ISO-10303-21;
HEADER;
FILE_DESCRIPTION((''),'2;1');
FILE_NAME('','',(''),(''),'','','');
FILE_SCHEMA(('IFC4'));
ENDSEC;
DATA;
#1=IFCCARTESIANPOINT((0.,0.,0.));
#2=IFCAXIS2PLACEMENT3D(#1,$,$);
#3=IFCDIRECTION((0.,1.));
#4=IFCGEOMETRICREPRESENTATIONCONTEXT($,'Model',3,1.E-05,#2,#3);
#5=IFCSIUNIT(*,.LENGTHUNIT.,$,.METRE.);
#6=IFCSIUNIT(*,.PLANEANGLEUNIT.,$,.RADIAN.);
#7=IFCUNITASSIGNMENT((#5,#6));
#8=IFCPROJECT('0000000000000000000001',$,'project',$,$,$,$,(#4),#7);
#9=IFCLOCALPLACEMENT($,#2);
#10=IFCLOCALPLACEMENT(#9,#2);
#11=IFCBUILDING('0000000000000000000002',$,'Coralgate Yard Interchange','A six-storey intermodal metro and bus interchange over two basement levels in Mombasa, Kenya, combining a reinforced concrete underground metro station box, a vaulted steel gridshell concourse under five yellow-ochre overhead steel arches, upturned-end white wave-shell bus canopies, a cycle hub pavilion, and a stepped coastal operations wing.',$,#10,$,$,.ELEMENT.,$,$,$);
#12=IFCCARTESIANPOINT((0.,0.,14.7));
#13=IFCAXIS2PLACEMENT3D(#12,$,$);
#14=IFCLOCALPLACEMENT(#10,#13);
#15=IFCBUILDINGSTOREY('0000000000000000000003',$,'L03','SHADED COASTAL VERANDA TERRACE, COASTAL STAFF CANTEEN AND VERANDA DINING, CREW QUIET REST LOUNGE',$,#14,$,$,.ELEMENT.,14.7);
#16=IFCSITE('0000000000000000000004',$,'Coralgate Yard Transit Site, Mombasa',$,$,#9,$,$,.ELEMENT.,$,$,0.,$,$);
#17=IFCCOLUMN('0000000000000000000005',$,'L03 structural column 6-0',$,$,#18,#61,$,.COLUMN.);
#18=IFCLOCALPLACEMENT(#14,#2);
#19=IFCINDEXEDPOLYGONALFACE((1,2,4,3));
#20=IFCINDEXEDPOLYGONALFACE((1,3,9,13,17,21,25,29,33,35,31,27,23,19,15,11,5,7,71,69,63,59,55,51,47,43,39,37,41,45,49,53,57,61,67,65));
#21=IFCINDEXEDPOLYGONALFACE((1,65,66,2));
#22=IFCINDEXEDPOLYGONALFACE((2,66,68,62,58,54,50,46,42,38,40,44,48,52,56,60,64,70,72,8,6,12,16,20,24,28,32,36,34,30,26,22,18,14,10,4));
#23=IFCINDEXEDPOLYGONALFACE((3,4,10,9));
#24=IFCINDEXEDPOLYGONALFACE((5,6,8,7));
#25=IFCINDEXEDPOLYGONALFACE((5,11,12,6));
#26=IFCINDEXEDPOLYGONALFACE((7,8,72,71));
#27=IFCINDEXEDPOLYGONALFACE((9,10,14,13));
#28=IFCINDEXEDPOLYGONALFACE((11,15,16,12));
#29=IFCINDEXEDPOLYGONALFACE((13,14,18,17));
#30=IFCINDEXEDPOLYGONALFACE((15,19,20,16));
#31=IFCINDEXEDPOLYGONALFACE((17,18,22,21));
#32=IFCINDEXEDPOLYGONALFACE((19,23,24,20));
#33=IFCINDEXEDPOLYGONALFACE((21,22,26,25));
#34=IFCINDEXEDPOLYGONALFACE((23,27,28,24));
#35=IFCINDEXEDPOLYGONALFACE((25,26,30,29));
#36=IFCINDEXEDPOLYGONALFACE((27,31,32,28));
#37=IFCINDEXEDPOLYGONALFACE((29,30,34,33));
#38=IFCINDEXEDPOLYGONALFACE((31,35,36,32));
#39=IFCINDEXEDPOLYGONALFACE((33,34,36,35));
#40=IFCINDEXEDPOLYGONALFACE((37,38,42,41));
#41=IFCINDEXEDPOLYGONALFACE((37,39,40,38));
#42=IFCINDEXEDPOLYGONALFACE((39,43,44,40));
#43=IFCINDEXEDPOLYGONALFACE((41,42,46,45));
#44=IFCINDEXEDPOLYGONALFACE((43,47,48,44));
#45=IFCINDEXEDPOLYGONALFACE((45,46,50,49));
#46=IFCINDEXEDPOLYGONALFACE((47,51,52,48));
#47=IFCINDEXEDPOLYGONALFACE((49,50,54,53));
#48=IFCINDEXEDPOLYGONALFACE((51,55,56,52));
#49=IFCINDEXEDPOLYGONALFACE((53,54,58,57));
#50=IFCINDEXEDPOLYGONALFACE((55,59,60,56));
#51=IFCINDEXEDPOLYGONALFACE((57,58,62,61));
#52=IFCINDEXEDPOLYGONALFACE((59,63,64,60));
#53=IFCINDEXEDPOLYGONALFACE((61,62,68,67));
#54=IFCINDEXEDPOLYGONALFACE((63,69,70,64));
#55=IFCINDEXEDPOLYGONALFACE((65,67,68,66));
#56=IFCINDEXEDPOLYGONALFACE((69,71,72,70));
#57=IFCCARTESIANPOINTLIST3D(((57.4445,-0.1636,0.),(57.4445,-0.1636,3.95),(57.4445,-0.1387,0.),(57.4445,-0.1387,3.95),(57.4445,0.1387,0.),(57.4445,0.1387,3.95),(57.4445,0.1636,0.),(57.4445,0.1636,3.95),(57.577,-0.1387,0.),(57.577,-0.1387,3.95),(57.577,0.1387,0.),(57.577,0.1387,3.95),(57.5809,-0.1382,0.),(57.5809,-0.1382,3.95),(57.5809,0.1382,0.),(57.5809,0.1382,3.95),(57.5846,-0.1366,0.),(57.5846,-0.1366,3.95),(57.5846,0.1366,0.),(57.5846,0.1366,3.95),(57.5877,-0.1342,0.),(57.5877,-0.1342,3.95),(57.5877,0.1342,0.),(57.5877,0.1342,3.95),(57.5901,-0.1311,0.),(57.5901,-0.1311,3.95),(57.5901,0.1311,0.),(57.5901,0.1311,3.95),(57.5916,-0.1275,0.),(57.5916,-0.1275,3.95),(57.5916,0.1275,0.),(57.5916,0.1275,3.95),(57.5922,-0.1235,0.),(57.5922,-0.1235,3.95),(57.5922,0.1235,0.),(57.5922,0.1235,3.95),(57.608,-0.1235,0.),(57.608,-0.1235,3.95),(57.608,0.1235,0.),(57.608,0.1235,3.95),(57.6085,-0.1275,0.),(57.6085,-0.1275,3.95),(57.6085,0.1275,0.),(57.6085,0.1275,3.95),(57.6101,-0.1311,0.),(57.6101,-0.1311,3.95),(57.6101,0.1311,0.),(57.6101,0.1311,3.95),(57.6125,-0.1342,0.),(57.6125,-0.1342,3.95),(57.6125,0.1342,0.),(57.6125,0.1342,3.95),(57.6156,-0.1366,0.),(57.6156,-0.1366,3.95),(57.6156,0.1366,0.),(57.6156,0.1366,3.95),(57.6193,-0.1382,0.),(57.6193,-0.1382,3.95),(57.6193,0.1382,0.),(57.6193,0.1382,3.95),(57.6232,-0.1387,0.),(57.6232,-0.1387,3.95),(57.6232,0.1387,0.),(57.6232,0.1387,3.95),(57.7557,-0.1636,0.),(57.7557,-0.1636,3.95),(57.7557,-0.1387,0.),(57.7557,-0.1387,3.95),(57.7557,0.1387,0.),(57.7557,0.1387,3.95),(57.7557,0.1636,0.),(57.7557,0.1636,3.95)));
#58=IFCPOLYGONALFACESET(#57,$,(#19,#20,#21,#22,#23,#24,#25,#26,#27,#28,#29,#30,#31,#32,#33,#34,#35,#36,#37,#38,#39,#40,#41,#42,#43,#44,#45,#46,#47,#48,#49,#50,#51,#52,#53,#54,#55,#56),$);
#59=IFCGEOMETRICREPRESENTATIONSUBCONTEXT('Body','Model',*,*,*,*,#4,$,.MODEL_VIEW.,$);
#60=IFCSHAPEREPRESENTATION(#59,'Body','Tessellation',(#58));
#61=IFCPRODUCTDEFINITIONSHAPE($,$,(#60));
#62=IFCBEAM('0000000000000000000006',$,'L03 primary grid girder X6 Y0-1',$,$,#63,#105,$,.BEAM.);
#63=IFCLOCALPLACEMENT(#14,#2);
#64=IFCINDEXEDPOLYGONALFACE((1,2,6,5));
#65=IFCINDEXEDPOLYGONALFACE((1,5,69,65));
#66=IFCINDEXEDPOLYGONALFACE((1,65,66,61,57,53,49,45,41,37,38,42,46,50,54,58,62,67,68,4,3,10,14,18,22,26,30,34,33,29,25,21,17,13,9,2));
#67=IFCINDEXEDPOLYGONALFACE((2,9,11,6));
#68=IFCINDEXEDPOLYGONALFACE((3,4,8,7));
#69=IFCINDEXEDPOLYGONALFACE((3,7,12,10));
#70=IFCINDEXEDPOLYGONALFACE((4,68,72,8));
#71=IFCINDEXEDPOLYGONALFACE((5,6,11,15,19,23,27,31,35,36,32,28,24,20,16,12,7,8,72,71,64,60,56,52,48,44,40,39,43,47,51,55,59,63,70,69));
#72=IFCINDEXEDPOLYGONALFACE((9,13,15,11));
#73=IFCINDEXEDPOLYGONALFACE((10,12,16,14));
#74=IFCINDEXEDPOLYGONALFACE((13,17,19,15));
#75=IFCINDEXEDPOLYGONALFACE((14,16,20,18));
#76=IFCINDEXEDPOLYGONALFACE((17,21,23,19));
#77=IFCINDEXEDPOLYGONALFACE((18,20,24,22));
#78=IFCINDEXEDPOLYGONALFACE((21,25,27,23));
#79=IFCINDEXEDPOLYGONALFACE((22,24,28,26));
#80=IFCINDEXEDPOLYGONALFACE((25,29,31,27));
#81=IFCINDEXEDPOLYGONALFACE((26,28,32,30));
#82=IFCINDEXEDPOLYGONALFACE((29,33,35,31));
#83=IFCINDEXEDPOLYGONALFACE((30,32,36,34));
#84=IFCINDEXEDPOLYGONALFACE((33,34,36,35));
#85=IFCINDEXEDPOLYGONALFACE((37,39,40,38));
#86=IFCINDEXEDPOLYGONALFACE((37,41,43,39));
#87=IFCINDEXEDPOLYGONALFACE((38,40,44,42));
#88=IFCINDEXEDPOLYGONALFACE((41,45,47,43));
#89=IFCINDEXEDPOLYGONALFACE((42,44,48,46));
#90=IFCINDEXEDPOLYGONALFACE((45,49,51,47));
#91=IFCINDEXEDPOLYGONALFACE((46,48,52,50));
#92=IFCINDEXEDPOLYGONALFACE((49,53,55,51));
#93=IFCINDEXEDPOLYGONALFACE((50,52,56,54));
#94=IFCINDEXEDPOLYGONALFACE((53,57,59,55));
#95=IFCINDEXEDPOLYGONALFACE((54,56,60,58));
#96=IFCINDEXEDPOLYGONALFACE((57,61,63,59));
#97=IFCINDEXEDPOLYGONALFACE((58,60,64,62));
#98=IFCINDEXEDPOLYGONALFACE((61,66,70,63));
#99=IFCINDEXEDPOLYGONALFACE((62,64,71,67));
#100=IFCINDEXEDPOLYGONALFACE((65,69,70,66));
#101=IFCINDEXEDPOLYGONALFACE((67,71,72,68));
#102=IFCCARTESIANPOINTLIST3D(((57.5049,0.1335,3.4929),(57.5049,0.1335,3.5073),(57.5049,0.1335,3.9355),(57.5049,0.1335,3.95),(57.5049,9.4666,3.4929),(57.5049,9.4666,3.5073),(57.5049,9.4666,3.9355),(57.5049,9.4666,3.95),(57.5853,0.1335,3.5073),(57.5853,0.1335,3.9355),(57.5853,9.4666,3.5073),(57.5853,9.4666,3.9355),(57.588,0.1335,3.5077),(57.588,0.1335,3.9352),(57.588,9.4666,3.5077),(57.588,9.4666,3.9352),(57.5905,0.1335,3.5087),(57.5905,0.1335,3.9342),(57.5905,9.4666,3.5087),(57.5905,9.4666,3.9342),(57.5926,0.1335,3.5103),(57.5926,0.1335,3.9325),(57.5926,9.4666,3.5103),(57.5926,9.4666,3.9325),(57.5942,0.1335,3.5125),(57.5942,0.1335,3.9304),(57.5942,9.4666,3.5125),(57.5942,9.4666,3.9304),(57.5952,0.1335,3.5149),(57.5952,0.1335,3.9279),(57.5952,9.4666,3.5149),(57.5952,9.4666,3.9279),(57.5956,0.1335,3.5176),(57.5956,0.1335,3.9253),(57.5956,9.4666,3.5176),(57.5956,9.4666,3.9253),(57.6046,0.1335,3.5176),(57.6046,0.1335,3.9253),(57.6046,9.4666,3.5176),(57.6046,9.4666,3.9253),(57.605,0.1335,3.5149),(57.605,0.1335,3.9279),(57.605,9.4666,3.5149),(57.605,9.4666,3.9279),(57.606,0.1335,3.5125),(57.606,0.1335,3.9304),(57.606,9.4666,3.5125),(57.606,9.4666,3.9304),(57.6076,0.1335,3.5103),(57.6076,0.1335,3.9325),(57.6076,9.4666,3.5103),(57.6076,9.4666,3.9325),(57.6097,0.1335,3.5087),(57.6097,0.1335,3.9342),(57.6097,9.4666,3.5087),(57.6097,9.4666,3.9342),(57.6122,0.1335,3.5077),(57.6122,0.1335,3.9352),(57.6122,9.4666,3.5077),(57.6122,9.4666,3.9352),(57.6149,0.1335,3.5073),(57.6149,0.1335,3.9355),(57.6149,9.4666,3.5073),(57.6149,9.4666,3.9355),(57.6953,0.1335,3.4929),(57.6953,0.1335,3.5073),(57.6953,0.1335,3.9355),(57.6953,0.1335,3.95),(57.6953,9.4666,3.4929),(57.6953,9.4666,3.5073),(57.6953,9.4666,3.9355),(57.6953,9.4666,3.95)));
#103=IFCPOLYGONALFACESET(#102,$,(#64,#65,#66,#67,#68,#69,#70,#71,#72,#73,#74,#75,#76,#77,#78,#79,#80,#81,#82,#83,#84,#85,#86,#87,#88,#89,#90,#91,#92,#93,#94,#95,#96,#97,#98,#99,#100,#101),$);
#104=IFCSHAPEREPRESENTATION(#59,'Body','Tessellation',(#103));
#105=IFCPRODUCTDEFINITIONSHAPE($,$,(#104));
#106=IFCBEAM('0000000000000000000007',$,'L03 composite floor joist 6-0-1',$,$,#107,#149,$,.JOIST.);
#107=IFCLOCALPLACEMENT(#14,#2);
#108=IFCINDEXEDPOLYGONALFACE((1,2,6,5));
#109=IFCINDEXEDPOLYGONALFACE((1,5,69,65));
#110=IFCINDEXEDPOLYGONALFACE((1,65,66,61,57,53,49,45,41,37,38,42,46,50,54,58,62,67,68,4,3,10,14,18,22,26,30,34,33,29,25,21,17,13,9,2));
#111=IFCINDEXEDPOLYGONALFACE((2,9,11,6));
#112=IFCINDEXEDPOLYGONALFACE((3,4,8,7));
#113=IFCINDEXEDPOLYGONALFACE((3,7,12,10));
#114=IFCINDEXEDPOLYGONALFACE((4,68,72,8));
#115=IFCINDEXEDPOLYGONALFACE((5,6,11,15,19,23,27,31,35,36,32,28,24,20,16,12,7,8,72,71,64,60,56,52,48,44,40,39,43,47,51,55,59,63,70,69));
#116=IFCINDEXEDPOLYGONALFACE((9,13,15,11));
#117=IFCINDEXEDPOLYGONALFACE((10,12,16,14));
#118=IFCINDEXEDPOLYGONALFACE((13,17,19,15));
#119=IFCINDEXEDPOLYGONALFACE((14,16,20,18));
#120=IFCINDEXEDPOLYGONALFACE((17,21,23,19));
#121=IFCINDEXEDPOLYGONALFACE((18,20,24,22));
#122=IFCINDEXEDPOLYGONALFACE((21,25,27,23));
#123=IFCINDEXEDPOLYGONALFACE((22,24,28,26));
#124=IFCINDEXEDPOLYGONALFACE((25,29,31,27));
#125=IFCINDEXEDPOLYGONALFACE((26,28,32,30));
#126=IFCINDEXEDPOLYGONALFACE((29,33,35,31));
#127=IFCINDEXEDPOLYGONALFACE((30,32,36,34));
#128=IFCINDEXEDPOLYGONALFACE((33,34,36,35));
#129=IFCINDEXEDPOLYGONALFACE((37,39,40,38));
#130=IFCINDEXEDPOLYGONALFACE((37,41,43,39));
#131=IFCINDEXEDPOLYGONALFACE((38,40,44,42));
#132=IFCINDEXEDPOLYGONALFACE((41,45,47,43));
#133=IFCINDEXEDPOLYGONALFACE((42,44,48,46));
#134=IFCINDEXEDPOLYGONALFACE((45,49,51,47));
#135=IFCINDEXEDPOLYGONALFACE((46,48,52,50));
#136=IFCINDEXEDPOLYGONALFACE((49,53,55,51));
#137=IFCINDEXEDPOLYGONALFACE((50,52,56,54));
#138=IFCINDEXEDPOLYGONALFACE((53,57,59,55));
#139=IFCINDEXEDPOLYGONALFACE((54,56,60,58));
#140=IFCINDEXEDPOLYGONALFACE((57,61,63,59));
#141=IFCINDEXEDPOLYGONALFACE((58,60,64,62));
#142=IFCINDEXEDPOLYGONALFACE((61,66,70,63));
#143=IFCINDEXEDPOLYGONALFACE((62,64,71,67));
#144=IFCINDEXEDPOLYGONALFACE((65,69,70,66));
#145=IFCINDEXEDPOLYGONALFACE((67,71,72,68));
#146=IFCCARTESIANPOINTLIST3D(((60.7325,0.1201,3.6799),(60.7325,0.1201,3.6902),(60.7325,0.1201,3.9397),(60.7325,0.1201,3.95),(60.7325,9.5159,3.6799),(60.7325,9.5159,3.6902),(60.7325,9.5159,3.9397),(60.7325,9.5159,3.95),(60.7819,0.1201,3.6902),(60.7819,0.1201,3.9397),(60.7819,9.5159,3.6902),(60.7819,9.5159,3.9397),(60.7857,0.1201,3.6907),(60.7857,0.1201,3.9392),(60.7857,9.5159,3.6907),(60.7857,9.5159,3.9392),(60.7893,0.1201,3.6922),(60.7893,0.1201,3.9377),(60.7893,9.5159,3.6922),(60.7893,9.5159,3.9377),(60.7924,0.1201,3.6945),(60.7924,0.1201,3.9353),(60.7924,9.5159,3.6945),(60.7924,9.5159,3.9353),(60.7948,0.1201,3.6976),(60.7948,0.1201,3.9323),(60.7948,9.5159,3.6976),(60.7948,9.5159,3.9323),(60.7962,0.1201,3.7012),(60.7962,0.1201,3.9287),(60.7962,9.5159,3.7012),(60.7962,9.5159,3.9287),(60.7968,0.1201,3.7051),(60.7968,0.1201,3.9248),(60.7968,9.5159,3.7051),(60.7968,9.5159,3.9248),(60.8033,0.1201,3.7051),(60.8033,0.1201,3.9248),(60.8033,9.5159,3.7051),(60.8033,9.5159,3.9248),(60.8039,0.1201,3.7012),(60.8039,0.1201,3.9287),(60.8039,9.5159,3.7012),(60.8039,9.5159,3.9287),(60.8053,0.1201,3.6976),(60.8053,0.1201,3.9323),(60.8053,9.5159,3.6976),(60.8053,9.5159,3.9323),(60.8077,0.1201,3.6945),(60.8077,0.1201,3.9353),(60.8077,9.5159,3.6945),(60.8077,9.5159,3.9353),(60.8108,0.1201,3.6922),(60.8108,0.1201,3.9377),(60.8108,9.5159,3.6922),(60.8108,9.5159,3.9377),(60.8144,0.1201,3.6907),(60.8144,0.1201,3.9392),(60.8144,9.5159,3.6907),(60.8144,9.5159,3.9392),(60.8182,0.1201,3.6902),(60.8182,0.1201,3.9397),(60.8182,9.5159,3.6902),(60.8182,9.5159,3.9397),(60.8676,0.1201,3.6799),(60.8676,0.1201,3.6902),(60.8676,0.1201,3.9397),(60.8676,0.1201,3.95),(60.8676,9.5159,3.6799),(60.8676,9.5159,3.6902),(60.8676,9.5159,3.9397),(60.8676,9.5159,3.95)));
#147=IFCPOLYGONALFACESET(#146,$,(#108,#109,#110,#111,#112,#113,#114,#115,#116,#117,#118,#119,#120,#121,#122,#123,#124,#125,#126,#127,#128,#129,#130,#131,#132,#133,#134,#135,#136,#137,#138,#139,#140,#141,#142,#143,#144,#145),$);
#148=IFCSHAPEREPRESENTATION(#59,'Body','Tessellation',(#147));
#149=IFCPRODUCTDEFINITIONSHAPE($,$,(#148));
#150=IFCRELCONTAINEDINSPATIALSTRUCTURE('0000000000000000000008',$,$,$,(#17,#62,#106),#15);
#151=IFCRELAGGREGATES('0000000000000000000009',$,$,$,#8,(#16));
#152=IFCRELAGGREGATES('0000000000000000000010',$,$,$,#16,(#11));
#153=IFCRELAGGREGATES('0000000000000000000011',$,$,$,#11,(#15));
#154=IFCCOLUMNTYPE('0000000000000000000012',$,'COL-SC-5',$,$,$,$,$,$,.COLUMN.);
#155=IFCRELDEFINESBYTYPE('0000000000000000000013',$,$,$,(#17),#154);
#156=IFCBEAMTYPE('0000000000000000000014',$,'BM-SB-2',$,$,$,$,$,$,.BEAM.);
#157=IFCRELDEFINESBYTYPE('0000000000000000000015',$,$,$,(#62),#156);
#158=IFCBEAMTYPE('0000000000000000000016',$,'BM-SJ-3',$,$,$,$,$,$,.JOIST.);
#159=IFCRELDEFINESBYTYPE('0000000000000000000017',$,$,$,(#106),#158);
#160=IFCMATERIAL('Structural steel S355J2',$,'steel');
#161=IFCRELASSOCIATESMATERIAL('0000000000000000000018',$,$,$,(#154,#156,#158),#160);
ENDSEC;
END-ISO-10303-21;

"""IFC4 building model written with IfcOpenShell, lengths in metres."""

from ifc_helpers import new_model, si_unit, direction, frame, origin, origin_2d, place, context, subcontext, project, spatial, i_section, extrude, material, material_profile, profile_set, type_object, element, save


model = new_model("IFC4")

# Units and contexts
model_context = context("Model", 3, precision=1e-05, world=origin(), true_north=direction((0.0, 1.0)))
body_context = subcontext(model_context, "Body", "Model", "MODEL_VIEW")
ifc_project = project(units=[si_unit("LENGTHUNIT", "METRE"), si_unit("PLANEANGLEUNIT", "RADIAN")], contexts=[model_context])

# Site, building, storey
site_placement = place(None, origin())
site = spatial("IfcSite", under=ifc_project, at=site_placement, Name="Coralgate Yard Transit Site, Mombasa", CompositionType="ELEMENT", RefElevation=0.0)
building_placement = place(site_placement, origin())
building = spatial("IfcBuilding", under=site, at=building_placement, Name="Coralgate Yard Interchange", Description="A six-storey intermodal metro and bus interchange over two basement levels in Mombasa, Kenya, combining a reinforced concrete underground metro station box, a vaulted steel gridshell concourse under five yellow-ochre overhead steel arches, upturned-end white wave-shell bus canopies, a cycle hub pavilion, and a stepped coastal operations wing.", CompositionType="ELEMENT")
storey_placement = place(building_placement, frame((0.0, 0.0, 14.7)))
storey = spatial("IfcBuildingStorey", under=building, at=storey_placement, Name="L03", Description="SHADED COASTAL VERANDA TERRACE, COASTAL STAFF CANTEEN AND VERANDA DINING, CREW QUIET REST LOUNGE", CompositionType="ELEMENT", Elevation=14.7)

# Column
ifc_material_1 = material(Name="Structural steel S355J2", Category="steel")
ifc_material_profile_1 = material_profile(ifc_material_1, i_section(OverallWidth=0.3113, OverallDepth=0.3271, WebThickness=0.0159, FlangeThickness=0.0249, FilletRadius=0.0151, at=origin_2d()), Name="UC 305x305x158")
ifc_profile_set_1 = profile_set([ifc_material_profile_1], Name="Structural steel S355J2")
column_type = type_object("IfcColumnType", Name="COL-SC-5", PredefinedType="COLUMN", material=ifc_profile_set_1)
column_placement = place(storey_placement, frame((57.6001, 0.0, 0.0), z_axis=(0.0, 0.0, 1.0), x_axis=(1.0, 0.0, 0.0)))
element("IfcColumn", 1, at=column_placement, inside=storey, type_object=column_type, Name="L03 structural column 6-0", PredefinedType="COLUMN", context=body_context, shape_type="SweptSolid", body=[
    extrude(i_section(OverallWidth=0.3113, OverallDepth=0.3271, WebThickness=0.0159, FlangeThickness=0.0249, FilletRadius=0.0151, at=origin_2d()), origin(), (0.0, 0.0, 1.0), 3.95),
])

# Beams
ifc_material_profile_2 = material_profile(ifc_material_1, i_section(OverallWidth=0.1904, OverallDepth=0.457, WebThickness=0.009, FlangeThickness=0.0144, FilletRadius=0.0103, at=origin_2d()), Name="UB 457x191x74")
ifc_profile_set_2 = profile_set([ifc_material_profile_2], Name="Structural steel S355J2")
beam_type_1 = type_object("IfcBeamType", Name="BM-SB-2", PredefinedType="BEAM", material=ifc_profile_set_2)
beam_1_placement = place(storey_placement, frame((57.6001, 0.1335, 3.7214), z_axis=(0.0, 1.0, 0.0), x_axis=(-1.0, 0.0, 0.0)))
element("IfcBeam", 2, at=beam_1_placement, inside=storey, type_object=beam_type_1, Name="L03 primary grid girder X6 Y0-1", PredefinedType="BEAM", context=body_context, shape_type="SweptSolid", body=[
    extrude(i_section(OverallWidth=0.1904, OverallDepth=0.457, WebThickness=0.009, FlangeThickness=0.0144, FilletRadius=0.0103, at=origin_2d()), origin(), (0.0, 0.0, 1.0), 9.333),
])
ifc_material_profile_3 = material_profile(ifc_material_1, i_section(OverallWidth=0.135, OverallDepth=0.27, WebThickness=0.0066, FlangeThickness=0.0103, FilletRadius=0.0149, at=origin_2d()), Name="IPE 270")
ifc_profile_set_3 = profile_set([ifc_material_profile_3], Name="Structural steel S355J2")
beam_type_2 = type_object("IfcBeamType", Name="BM-SJ-3", PredefinedType="JOIST", material=ifc_profile_set_3)
beam_2_placement = place(storey_placement, frame((60.8, 0.1201, 3.8149), z_axis=(0.0, 1.0, 0.0), x_axis=(-1.0, 0.0, 0.0)))
element("IfcBeam", 3, at=beam_2_placement, inside=storey, type_object=beam_type_2, Name="L03 composite floor joist 6-0-1", PredefinedType="JOIST", context=body_context, shape_type="SweptSolid", body=[
    extrude(i_section(OverallWidth=0.135, OverallDepth=0.27, WebThickness=0.0066, FlangeThickness=0.0103, FilletRadius=0.0149, at=origin_2d()), origin(), (0.0, 0.0, 1.0), 9.3958),
])

save(model, "model.ifc")
